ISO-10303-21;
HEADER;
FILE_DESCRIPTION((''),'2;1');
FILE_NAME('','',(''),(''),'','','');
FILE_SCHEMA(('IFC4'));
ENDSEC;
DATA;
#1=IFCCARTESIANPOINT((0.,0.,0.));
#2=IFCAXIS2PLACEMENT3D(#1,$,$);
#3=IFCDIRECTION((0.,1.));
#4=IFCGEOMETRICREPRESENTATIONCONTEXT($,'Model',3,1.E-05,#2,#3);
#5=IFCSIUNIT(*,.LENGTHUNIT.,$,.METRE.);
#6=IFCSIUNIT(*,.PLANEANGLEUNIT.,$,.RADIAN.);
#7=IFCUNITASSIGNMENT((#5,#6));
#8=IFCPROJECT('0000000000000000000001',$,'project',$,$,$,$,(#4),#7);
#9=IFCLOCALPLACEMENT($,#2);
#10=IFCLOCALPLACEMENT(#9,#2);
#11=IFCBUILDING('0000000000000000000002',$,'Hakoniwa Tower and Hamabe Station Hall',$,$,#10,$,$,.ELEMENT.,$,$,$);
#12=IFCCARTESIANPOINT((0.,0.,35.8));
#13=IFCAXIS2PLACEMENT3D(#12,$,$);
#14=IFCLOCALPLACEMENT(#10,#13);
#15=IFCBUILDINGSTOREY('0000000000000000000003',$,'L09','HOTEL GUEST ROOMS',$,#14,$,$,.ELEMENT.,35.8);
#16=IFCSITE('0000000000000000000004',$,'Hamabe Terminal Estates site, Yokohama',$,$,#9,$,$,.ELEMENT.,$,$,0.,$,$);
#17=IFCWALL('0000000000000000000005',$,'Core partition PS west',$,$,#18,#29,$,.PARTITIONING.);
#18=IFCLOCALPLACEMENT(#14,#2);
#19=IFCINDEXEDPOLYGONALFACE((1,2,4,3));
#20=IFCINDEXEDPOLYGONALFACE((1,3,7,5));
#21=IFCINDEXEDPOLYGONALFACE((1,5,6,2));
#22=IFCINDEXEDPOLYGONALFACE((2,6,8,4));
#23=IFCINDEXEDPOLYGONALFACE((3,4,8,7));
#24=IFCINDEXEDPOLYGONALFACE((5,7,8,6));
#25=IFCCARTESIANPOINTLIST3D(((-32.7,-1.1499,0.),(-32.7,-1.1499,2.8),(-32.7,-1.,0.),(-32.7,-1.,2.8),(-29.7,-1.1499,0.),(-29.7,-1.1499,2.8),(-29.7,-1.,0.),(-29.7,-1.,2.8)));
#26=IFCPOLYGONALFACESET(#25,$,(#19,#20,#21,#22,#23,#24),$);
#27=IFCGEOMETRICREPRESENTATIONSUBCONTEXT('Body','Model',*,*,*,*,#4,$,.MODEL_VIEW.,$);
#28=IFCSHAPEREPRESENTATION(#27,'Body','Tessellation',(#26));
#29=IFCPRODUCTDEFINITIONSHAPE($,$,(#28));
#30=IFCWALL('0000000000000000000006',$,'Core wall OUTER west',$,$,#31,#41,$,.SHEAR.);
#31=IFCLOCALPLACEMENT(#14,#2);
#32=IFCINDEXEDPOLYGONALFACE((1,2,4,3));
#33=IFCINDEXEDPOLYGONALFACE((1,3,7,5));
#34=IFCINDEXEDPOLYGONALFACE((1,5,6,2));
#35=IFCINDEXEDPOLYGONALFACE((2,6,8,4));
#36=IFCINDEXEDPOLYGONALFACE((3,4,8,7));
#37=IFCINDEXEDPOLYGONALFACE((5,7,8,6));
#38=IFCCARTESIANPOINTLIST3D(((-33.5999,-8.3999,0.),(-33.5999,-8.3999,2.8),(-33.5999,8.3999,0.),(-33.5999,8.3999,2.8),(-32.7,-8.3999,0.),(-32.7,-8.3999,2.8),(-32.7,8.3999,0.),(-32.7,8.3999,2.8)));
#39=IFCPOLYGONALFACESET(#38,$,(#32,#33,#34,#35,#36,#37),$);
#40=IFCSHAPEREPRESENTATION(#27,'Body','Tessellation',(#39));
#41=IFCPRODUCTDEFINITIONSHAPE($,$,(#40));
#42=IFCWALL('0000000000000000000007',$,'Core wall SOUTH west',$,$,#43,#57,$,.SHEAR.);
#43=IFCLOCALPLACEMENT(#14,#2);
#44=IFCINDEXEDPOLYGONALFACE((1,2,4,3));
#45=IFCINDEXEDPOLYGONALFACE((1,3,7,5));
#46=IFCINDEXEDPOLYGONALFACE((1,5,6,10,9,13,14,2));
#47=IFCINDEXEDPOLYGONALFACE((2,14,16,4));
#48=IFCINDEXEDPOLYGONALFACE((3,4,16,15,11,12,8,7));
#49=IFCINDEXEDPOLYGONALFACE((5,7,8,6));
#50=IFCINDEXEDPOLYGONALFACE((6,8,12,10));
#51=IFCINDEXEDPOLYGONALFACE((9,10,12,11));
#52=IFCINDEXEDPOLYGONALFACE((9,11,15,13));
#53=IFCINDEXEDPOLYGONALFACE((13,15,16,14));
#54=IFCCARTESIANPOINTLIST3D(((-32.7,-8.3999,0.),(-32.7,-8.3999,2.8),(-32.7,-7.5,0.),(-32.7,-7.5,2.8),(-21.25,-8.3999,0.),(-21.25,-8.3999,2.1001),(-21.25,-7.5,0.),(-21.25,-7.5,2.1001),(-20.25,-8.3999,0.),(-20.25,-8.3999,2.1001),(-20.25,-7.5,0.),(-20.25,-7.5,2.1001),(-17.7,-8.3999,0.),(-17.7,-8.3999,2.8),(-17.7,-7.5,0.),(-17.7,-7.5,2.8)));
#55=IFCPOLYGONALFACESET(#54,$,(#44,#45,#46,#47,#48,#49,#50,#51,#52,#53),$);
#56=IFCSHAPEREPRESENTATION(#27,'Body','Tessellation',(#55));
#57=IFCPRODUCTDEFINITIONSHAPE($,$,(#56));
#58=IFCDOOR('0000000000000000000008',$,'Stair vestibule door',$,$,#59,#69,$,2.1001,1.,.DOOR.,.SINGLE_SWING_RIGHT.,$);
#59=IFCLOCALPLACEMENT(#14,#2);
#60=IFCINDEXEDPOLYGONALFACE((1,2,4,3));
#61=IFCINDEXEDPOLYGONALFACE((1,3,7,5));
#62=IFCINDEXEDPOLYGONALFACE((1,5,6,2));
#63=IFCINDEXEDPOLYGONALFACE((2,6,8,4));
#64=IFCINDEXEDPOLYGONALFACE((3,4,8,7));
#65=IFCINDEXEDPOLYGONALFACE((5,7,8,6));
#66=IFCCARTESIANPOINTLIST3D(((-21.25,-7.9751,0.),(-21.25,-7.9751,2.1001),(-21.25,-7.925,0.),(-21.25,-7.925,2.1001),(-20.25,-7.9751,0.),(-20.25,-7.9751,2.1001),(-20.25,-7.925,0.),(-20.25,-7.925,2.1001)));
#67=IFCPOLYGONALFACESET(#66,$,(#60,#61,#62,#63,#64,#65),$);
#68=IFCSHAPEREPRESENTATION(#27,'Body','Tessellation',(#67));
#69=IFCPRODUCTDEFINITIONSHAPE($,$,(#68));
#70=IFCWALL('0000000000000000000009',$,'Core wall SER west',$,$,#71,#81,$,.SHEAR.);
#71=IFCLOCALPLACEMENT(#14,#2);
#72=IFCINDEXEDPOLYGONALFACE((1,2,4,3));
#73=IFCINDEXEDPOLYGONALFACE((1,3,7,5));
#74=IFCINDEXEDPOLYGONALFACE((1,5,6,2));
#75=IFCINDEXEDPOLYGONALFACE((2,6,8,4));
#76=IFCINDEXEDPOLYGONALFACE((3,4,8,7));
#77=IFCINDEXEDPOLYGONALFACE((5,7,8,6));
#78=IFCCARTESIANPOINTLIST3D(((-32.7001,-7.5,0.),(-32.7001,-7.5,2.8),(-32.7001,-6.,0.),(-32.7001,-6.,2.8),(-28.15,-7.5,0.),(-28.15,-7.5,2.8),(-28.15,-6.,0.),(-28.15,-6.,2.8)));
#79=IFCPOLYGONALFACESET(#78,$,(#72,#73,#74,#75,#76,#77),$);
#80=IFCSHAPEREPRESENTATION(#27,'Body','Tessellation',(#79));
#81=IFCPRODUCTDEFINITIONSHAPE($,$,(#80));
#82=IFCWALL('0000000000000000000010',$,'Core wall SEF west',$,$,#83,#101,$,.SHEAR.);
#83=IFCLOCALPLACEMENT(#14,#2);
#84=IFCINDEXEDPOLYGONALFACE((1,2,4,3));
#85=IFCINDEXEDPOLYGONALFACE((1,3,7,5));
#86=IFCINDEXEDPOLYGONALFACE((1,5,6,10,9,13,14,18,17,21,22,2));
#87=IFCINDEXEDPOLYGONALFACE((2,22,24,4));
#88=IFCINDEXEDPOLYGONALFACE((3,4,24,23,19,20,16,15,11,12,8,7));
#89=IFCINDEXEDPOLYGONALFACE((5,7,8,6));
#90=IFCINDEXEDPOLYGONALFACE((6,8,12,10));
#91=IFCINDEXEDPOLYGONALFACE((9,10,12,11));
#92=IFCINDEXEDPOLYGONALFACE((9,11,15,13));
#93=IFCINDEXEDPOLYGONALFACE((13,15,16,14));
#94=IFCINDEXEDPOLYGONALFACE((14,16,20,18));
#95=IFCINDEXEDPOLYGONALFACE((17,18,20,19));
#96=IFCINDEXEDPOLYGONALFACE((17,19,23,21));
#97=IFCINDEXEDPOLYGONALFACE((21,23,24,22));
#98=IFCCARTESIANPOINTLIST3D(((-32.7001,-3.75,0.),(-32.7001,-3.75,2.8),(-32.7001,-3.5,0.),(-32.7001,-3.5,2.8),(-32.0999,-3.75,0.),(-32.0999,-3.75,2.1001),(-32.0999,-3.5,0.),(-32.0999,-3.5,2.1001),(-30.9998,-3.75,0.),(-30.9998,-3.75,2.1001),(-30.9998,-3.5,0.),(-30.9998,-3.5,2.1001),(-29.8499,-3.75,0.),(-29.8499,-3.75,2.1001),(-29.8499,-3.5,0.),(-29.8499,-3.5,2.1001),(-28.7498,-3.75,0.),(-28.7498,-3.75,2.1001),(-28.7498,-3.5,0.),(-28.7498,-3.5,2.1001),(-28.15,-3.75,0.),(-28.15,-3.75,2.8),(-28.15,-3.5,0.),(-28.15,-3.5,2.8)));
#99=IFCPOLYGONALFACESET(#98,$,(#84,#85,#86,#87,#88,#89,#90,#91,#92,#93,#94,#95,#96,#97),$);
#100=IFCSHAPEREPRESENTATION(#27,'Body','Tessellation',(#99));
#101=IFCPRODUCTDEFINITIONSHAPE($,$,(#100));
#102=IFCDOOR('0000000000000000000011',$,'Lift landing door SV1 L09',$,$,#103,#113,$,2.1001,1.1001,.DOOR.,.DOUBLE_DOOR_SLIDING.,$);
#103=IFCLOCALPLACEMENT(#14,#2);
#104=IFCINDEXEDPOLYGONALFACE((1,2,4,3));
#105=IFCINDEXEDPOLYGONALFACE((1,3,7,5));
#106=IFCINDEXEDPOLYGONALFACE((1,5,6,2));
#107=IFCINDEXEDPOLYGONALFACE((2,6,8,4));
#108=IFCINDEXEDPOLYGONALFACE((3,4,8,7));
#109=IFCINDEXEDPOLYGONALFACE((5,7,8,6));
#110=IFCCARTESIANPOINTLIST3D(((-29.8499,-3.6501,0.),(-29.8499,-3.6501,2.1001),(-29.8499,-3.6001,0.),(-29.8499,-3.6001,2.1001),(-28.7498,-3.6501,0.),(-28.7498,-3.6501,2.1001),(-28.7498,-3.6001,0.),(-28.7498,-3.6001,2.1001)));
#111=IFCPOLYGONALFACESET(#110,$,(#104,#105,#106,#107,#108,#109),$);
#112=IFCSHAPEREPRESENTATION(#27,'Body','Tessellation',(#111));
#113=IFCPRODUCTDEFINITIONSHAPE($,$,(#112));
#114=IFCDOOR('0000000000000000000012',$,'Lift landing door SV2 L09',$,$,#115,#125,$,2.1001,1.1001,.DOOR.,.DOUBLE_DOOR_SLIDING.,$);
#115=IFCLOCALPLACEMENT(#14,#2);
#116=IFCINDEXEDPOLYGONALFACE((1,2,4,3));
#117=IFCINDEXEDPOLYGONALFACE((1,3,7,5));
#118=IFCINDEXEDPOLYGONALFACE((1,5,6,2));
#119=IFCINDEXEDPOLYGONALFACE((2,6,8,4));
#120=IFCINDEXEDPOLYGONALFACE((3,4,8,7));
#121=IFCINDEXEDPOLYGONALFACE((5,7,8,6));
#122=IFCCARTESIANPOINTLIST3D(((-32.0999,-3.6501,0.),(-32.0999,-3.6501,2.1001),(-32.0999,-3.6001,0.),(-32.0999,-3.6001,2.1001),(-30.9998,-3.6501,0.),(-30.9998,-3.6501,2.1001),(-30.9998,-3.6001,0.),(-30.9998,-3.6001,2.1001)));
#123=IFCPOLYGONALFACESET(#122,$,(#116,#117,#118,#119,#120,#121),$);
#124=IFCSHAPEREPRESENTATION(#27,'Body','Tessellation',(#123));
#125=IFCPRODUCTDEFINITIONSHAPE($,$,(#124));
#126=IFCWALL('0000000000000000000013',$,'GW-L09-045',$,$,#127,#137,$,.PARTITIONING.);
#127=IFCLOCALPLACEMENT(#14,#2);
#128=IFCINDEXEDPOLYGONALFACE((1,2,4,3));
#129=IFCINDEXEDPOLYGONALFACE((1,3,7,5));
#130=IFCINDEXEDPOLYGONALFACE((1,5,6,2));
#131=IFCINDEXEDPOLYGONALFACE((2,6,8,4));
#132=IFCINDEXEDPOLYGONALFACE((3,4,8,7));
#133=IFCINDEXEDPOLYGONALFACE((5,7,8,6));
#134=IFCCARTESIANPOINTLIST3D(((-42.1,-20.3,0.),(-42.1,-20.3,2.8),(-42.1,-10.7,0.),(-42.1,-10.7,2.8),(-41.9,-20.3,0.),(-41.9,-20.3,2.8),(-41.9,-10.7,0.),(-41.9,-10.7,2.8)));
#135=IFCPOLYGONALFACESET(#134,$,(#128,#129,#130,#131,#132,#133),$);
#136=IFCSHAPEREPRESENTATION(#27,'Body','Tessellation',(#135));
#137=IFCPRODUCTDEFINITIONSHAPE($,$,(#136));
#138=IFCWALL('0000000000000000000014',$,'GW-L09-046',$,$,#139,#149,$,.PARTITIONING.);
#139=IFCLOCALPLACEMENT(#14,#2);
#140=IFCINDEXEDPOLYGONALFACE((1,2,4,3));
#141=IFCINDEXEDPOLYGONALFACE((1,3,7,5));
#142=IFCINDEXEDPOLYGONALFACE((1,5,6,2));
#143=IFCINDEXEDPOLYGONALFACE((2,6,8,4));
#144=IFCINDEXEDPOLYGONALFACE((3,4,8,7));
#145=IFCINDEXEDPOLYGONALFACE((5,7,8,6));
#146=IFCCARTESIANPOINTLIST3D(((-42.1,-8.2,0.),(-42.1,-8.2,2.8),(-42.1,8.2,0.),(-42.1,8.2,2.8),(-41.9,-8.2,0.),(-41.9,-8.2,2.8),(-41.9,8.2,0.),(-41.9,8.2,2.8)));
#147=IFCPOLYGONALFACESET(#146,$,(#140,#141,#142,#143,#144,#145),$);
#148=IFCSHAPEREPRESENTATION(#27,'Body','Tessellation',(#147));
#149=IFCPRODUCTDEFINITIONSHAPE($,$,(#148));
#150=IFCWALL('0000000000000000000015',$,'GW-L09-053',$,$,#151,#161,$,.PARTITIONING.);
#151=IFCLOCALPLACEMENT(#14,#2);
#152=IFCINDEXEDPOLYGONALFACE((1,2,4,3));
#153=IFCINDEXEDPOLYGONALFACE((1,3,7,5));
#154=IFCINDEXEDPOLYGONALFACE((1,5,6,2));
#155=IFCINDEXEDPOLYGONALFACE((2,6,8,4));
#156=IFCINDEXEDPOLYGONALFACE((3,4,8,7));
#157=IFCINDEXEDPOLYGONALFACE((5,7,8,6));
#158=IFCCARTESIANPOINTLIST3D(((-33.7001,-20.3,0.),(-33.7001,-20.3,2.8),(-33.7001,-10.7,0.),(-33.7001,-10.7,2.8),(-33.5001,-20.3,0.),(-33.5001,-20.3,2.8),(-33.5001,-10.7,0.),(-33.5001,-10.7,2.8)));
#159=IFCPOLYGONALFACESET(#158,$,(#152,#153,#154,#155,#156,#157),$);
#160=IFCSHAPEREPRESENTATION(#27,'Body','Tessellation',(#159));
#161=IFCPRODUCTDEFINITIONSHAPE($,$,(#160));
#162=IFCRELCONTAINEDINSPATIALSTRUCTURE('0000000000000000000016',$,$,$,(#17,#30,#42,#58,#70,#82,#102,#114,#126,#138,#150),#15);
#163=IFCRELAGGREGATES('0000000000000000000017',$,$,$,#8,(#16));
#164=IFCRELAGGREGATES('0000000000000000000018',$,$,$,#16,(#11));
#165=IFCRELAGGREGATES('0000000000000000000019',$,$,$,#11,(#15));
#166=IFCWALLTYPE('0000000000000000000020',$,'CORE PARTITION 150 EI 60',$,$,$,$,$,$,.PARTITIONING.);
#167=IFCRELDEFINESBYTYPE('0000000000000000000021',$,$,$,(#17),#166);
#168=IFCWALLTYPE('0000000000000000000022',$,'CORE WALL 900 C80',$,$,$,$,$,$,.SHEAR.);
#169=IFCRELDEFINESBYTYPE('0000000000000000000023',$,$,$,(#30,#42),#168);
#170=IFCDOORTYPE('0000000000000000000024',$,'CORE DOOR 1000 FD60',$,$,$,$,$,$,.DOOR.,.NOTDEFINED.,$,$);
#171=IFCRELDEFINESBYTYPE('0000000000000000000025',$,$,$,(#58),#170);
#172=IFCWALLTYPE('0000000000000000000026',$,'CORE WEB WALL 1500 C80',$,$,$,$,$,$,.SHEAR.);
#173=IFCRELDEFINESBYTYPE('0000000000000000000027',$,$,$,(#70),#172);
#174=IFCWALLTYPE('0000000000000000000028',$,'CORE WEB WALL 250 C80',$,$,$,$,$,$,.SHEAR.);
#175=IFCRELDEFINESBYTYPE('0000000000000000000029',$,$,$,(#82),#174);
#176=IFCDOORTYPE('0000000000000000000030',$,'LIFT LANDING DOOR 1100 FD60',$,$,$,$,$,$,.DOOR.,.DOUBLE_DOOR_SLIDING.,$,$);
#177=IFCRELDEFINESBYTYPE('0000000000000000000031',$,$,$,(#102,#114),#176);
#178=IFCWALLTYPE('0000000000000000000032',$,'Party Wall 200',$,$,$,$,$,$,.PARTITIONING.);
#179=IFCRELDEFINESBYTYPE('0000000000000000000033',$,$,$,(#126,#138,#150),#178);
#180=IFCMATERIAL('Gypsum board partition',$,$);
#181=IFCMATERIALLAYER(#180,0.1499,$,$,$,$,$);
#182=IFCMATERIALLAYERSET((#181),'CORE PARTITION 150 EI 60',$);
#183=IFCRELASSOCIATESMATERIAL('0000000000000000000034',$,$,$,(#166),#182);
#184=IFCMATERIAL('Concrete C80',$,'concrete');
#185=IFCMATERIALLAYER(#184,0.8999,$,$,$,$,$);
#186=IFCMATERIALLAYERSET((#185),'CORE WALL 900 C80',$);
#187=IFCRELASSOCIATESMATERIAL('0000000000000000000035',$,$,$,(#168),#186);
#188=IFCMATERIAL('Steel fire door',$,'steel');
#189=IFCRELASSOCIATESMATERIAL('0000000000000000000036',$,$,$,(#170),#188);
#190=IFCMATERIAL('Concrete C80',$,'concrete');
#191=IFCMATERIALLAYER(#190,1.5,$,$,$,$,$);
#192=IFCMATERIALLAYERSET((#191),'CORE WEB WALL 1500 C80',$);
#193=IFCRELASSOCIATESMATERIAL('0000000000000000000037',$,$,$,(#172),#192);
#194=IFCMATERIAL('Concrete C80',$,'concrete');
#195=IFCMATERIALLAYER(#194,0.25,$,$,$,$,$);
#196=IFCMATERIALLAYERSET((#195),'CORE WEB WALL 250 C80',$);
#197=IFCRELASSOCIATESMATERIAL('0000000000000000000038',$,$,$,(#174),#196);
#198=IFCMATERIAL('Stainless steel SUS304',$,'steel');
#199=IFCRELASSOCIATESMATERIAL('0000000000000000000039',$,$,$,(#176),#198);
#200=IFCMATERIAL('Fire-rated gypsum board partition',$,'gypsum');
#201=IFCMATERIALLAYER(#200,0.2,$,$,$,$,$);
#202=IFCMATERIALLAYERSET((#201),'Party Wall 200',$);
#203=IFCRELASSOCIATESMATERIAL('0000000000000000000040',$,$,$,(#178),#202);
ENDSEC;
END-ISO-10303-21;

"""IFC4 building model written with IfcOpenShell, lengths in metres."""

from ifc_helpers import new_model, si_unit, direction, frame, frame_2d, origin, place, context, subcontext, project, spatial, rectangle, extrude, material, layer, layer_set, type_object, element, fill, save


model = new_model("IFC4")

# Units and contexts
model_context = context("Model", 3, precision=1e-05, world=origin(), true_north=direction((0.0, 1.0)))
body_context = subcontext(model_context, "Body", "Model", "MODEL_VIEW")
ifc_project = project(units=[si_unit("LENGTHUNIT", "METRE"), si_unit("PLANEANGLEUNIT", "RADIAN")], contexts=[model_context])

# Site, building, storey
site_placement = place(None, origin())
site = spatial("IfcSite", under=ifc_project, at=site_placement, Name="Hamabe Terminal Estates site, Yokohama", CompositionType="ELEMENT", RefElevation=0.0)
building_placement = place(site_placement, origin())
building = spatial("IfcBuilding", under=site, at=building_placement, Name="Hakoniwa Tower and Hamabe Station Hall", CompositionType="ELEMENT")
storey_placement = place(building_placement, frame((0.0, 0.0, 35.8)))
storey = spatial("IfcBuildingStorey", under=building, at=storey_placement, Name="L09", Description="HOTEL GUEST ROOMS", CompositionType="ELEMENT", Elevation=35.8)

# Shared definitions
ifc_material_1 = material(Name="Gypsum board partition")
ifc_layer_1 = layer(ifc_material_1, 0.1499)
ifc_layer_set_1 = layer_set([ifc_layer_1], Name="CORE PARTITION 150 EI 60")
wall_type_1 = type_object("IfcWallType", Name="CORE PARTITION 150 EI 60", PredefinedType="PARTITIONING", material=ifc_layer_set_1)

# Walls
wall_1_placement = place(storey_placement, frame((-32.7, -1.075, 0.0), z_axis=(0.0, 0.0, 1.0), x_axis=(1.0, 0.0, 0.0)))
element("IfcWall", 1, at=wall_1_placement, inside=storey, type_object=wall_type_1, Name="Core partition PS west", PredefinedType="PARTITIONING", context=body_context, shape_type="SweptSolid", body=[
    extrude(rectangle(XDim=3.0, YDim=0.1499, at=frame_2d((1.5, 0.0))), origin(), (0.0, 0.0, 1.0), 2.8),
])
ifc_material_2 = material(Name="Concrete C80", Category="concrete")
ifc_layer_2 = layer(ifc_material_2, 0.8999)
ifc_layer_set_2 = layer_set([ifc_layer_2], Name="CORE WALL 900 C80")
wall_type_2 = type_object("IfcWallType", Name="CORE WALL 900 C80", PredefinedType="SHEAR", material=ifc_layer_set_2)
wall_2_placement = place(storey_placement, frame((-33.1499, -8.3999, 0.0), z_axis=(0.0, 0.0, 1.0), x_axis=(0.0, 1.0, 0.0)))
element("IfcWall", 2, at=wall_2_placement, inside=storey, type_object=wall_type_2, Name="Core wall OUTER west", PredefinedType="SHEAR", context=body_context, shape_type="SweptSolid", body=[
    extrude(rectangle(XDim=16.7998, YDim=0.8999, at=frame_2d((8.3999, 0.0))), origin(), (0.0, 0.0, 1.0), 2.8),
])

# Wall, opening, door
wall_3_placement = place(storey_placement, frame((-32.7, -7.95, 0.0), z_axis=(0.0, 0.0, 1.0), x_axis=(1.0, 0.0, 0.0)))
wall_3 = element("IfcWall", 3, at=wall_3_placement, inside=storey, type_object=wall_type_2, Name="Core wall SOUTH west", PredefinedType="SHEAR", context=body_context, shape_type="SweptSolid", body=[
    extrude(rectangle(XDim=15.0, YDim=0.8999, at=frame_2d((7.5, 0.0))), origin(), (0.0, 0.0, 1.0), 2.8),
])
opening_1_placement = place(wall_3_placement, frame((11.45, 0.0, 0.0)))
opening_1 = element("IfcOpeningElement", 4, at=opening_1_placement, cuts=wall_3, PredefinedType="OPENING", context=body_context, shape_type="SweptSolid", body=[
    extrude(rectangle(XDim=1.0, YDim=2.1001, at=frame_2d((0.5, 1.05))), frame((0.0, 0.46, 0.0), z_axis=(0.0, -1.0, 0.0), x_axis=(1.0, 0.0, 0.0)), (0.0, 0.0, 1.0), 0.9199),
])
ifc_material_3 = material(Name="Steel fire door", Category="steel")
door_type_1 = type_object("IfcDoorType", Name="CORE DOOR 1000 FD60", OperationType="NOTDEFINED", PredefinedType="DOOR", material=ifc_material_3)
door_1_placement = place(opening_1_placement, origin())
door_1 = element("IfcDoor", 5, at=door_1_placement, inside=storey, type_object=door_type_1, Name="Stair vestibule door", OperationType="SINGLE_SWING_RIGHT", OverallHeight=2.1001, OverallWidth=1.0, PredefinedType="DOOR", context=body_context, shape_type="SweptSolid", body=[
    extrude(rectangle(XDim=1.0, YDim=2.1001, at=frame_2d((0.5, 1.05))), frame((0.0, 0.0249, 0.0), z_axis=(0.0, -1.0, 0.0), x_axis=(1.0, 0.0, 0.0)), (0.0, 0.0, 1.0), 0.05),
])
fill(opening_1, door_1)

# Wall
ifc_material_4 = material(Name="Concrete C80", Category="concrete")
ifc_layer_3 = layer(ifc_material_4, 1.5)
ifc_layer_set_3 = layer_set([ifc_layer_3], Name="CORE WEB WALL 1500 C80")
wall_type_3 = type_object("IfcWallType", Name="CORE WEB WALL 1500 C80", PredefinedType="SHEAR", material=ifc_layer_set_3)
wall_4_placement = place(storey_placement, frame((-32.7, -6.75, 0.0), z_axis=(0.0, 0.0, 1.0), x_axis=(1.0, 0.0, 0.0)))
element("IfcWall", 6, at=wall_4_placement, inside=storey, type_object=wall_type_3, Name="Core wall SER west", PredefinedType="SHEAR", context=body_context, shape_type="SweptSolid", body=[
    extrude(rectangle(XDim=4.55, YDim=1.5, at=frame_2d((2.2749, 0.0))), origin(), (0.0, 0.0, 1.0), 2.8),
])

# Wall, openings, doors
ifc_material_5 = material(Name="Concrete C80", Category="concrete")
ifc_layer_4 = layer(ifc_material_5, 0.25)
ifc_layer_set_4 = layer_set([ifc_layer_4], Name="CORE WEB WALL 250 C80")
wall_type_4 = type_object("IfcWallType", Name="CORE WEB WALL 250 C80", PredefinedType="SHEAR", material=ifc_layer_set_4)
wall_5_placement = place(storey_placement, frame((-32.7, -3.625, 0.0), z_axis=(0.0, 0.0, 1.0), x_axis=(1.0, 0.0, 0.0)))
wall_5 = element("IfcWall", 7, at=wall_5_placement, inside=storey, type_object=wall_type_4, Name="Core wall SEF west", PredefinedType="SHEAR", context=body_context, shape_type="SweptSolid", body=[
    extrude(rectangle(XDim=4.55, YDim=0.25, at=frame_2d((2.2749, 0.0))), origin(), (0.0, 0.0, 1.0), 2.8),
])
opening_2_placement = place(wall_5_placement, frame((2.8501, 0.0, 0.0)))
opening_2 = element("IfcOpeningElement", 8, at=opening_2_placement, cuts=wall_5, PredefinedType="OPENING", context=body_context, shape_type="SweptSolid", body=[
    extrude(rectangle(XDim=1.1001, YDim=2.1001, at=frame_2d((0.55, 1.05))), frame((0.0, 0.135, 0.0), z_axis=(0.0, -1.0, 0.0), x_axis=(1.0, 0.0, 0.0)), (0.0, 0.0, 1.0), 0.27),
])
opening_3_placement = place(wall_5_placement, frame((0.6001, 0.0, 0.0)))
opening_3 = element("IfcOpeningElement", 9, at=opening_3_placement, cuts=wall_5, PredefinedType="OPENING", context=body_context, shape_type="SweptSolid", body=[
    extrude(rectangle(XDim=1.1001, YDim=2.1001, at=frame_2d((0.55, 1.05))), frame((0.0, 0.135, 0.0), z_axis=(0.0, -1.0, 0.0), x_axis=(1.0, 0.0, 0.0)), (0.0, 0.0, 1.0), 0.27),
])
ifc_material_6 = material(Name="Stainless steel SUS304", Category="steel")
door_type_2 = type_object("IfcDoorType", Name="LIFT LANDING DOOR 1100 FD60", OperationType="DOUBLE_DOOR_SLIDING", PredefinedType="DOOR", material=ifc_material_6)
door_2_placement = place(opening_2_placement, origin())
door_2 = element("IfcDoor", 10, at=door_2_placement, inside=storey, type_object=door_type_2, Name="Lift landing door SV1 L09", OperationType="DOUBLE_DOOR_SLIDING", OverallHeight=2.1001, OverallWidth=1.1001, PredefinedType="DOOR", context=body_context, shape_type="SweptSolid", body=[
    extrude(rectangle(XDim=1.1001, YDim=2.1001, at=frame_2d((0.55, 1.05))), frame((0.0, 0.0249, 0.0), z_axis=(0.0, -1.0, 0.0), x_axis=(1.0, 0.0, 0.0)), (0.0, 0.0, 1.0), 0.05),
])
fill(opening_2, door_2)
door_3_placement = place(opening_3_placement, origin())
door_3 = element("IfcDoor", 11, at=door_3_placement, inside=storey, type_object=door_type_2, Name="Lift landing door SV2 L09", OperationType="DOUBLE_DOOR_SLIDING", OverallHeight=2.1001, OverallWidth=1.1001, PredefinedType="DOOR", context=body_context, shape_type="SweptSolid", body=[
    extrude(rectangle(XDim=1.1001, YDim=2.1001, at=frame_2d((0.55, 1.05))), frame((0.0, 0.0249, 0.0), z_axis=(0.0, -1.0, 0.0), x_axis=(1.0, 0.0, 0.0)), (0.0, 0.0, 1.0), 0.05),
])
fill(opening_3, door_3)

# Walls
ifc_material_7 = material(Name="Fire-rated gypsum board partition", Category="gypsum")
ifc_layer_5 = layer(ifc_material_7, 0.2)
ifc_layer_set_5 = layer_set([ifc_layer_5], Name="Party Wall 200")
wall_type_5 = type_object("IfcWallType", Name="Party Wall 200", PredefinedType="PARTITIONING", material=ifc_layer_set_5)
wall_6_placement = place(storey_placement, frame((-42.0, -20.3, 0.0), z_axis=(0.0, 0.0, 1.0), x_axis=(0.0, 1.0, 0.0)))
element("IfcWall", 12, at=wall_6_placement, inside=storey, type_object=wall_type_5, Name="GW-L09-045", PredefinedType="PARTITIONING", context=body_context, shape_type="SweptSolid", body=[
    extrude(rectangle(XDim=9.6001, YDim=0.2, at=frame_2d((4.8, 0.0))), origin(), (0.0, 0.0, 1.0), 2.8),
])
wall_7_placement = place(storey_placement, frame((-42.0, -8.2, 0.0), z_axis=(0.0, 0.0, 1.0), x_axis=(0.0, 1.0, 0.0)))
element("IfcWall", 13, at=wall_7_placement, inside=storey, type_object=wall_type_5, Name="GW-L09-046", PredefinedType="PARTITIONING", context=body_context, shape_type="SweptSolid", body=[
    extrude(rectangle(XDim=16.3999, YDim=0.2, at=frame_2d((8.2, 0.0))), origin(), (0.0, 0.0, 1.0), 2.8),
])
wall_8_placement = place(storey_placement, frame((-33.6001, -20.3, 0.0), z_axis=(0.0, 0.0, 1.0), x_axis=(0.0, 1.0, 0.0)))
element("IfcWall", 14, at=wall_8_placement, inside=storey, type_object=wall_type_5, Name="GW-L09-053", PredefinedType="PARTITIONING", context=body_context, shape_type="SweptSolid", body=[
    extrude(rectangle(XDim=9.6001, YDim=0.2, at=frame_2d((4.8, 0.0))), origin(), (0.0, 0.0, 1.0), 2.8),
])

save(model, "model.ifc")
